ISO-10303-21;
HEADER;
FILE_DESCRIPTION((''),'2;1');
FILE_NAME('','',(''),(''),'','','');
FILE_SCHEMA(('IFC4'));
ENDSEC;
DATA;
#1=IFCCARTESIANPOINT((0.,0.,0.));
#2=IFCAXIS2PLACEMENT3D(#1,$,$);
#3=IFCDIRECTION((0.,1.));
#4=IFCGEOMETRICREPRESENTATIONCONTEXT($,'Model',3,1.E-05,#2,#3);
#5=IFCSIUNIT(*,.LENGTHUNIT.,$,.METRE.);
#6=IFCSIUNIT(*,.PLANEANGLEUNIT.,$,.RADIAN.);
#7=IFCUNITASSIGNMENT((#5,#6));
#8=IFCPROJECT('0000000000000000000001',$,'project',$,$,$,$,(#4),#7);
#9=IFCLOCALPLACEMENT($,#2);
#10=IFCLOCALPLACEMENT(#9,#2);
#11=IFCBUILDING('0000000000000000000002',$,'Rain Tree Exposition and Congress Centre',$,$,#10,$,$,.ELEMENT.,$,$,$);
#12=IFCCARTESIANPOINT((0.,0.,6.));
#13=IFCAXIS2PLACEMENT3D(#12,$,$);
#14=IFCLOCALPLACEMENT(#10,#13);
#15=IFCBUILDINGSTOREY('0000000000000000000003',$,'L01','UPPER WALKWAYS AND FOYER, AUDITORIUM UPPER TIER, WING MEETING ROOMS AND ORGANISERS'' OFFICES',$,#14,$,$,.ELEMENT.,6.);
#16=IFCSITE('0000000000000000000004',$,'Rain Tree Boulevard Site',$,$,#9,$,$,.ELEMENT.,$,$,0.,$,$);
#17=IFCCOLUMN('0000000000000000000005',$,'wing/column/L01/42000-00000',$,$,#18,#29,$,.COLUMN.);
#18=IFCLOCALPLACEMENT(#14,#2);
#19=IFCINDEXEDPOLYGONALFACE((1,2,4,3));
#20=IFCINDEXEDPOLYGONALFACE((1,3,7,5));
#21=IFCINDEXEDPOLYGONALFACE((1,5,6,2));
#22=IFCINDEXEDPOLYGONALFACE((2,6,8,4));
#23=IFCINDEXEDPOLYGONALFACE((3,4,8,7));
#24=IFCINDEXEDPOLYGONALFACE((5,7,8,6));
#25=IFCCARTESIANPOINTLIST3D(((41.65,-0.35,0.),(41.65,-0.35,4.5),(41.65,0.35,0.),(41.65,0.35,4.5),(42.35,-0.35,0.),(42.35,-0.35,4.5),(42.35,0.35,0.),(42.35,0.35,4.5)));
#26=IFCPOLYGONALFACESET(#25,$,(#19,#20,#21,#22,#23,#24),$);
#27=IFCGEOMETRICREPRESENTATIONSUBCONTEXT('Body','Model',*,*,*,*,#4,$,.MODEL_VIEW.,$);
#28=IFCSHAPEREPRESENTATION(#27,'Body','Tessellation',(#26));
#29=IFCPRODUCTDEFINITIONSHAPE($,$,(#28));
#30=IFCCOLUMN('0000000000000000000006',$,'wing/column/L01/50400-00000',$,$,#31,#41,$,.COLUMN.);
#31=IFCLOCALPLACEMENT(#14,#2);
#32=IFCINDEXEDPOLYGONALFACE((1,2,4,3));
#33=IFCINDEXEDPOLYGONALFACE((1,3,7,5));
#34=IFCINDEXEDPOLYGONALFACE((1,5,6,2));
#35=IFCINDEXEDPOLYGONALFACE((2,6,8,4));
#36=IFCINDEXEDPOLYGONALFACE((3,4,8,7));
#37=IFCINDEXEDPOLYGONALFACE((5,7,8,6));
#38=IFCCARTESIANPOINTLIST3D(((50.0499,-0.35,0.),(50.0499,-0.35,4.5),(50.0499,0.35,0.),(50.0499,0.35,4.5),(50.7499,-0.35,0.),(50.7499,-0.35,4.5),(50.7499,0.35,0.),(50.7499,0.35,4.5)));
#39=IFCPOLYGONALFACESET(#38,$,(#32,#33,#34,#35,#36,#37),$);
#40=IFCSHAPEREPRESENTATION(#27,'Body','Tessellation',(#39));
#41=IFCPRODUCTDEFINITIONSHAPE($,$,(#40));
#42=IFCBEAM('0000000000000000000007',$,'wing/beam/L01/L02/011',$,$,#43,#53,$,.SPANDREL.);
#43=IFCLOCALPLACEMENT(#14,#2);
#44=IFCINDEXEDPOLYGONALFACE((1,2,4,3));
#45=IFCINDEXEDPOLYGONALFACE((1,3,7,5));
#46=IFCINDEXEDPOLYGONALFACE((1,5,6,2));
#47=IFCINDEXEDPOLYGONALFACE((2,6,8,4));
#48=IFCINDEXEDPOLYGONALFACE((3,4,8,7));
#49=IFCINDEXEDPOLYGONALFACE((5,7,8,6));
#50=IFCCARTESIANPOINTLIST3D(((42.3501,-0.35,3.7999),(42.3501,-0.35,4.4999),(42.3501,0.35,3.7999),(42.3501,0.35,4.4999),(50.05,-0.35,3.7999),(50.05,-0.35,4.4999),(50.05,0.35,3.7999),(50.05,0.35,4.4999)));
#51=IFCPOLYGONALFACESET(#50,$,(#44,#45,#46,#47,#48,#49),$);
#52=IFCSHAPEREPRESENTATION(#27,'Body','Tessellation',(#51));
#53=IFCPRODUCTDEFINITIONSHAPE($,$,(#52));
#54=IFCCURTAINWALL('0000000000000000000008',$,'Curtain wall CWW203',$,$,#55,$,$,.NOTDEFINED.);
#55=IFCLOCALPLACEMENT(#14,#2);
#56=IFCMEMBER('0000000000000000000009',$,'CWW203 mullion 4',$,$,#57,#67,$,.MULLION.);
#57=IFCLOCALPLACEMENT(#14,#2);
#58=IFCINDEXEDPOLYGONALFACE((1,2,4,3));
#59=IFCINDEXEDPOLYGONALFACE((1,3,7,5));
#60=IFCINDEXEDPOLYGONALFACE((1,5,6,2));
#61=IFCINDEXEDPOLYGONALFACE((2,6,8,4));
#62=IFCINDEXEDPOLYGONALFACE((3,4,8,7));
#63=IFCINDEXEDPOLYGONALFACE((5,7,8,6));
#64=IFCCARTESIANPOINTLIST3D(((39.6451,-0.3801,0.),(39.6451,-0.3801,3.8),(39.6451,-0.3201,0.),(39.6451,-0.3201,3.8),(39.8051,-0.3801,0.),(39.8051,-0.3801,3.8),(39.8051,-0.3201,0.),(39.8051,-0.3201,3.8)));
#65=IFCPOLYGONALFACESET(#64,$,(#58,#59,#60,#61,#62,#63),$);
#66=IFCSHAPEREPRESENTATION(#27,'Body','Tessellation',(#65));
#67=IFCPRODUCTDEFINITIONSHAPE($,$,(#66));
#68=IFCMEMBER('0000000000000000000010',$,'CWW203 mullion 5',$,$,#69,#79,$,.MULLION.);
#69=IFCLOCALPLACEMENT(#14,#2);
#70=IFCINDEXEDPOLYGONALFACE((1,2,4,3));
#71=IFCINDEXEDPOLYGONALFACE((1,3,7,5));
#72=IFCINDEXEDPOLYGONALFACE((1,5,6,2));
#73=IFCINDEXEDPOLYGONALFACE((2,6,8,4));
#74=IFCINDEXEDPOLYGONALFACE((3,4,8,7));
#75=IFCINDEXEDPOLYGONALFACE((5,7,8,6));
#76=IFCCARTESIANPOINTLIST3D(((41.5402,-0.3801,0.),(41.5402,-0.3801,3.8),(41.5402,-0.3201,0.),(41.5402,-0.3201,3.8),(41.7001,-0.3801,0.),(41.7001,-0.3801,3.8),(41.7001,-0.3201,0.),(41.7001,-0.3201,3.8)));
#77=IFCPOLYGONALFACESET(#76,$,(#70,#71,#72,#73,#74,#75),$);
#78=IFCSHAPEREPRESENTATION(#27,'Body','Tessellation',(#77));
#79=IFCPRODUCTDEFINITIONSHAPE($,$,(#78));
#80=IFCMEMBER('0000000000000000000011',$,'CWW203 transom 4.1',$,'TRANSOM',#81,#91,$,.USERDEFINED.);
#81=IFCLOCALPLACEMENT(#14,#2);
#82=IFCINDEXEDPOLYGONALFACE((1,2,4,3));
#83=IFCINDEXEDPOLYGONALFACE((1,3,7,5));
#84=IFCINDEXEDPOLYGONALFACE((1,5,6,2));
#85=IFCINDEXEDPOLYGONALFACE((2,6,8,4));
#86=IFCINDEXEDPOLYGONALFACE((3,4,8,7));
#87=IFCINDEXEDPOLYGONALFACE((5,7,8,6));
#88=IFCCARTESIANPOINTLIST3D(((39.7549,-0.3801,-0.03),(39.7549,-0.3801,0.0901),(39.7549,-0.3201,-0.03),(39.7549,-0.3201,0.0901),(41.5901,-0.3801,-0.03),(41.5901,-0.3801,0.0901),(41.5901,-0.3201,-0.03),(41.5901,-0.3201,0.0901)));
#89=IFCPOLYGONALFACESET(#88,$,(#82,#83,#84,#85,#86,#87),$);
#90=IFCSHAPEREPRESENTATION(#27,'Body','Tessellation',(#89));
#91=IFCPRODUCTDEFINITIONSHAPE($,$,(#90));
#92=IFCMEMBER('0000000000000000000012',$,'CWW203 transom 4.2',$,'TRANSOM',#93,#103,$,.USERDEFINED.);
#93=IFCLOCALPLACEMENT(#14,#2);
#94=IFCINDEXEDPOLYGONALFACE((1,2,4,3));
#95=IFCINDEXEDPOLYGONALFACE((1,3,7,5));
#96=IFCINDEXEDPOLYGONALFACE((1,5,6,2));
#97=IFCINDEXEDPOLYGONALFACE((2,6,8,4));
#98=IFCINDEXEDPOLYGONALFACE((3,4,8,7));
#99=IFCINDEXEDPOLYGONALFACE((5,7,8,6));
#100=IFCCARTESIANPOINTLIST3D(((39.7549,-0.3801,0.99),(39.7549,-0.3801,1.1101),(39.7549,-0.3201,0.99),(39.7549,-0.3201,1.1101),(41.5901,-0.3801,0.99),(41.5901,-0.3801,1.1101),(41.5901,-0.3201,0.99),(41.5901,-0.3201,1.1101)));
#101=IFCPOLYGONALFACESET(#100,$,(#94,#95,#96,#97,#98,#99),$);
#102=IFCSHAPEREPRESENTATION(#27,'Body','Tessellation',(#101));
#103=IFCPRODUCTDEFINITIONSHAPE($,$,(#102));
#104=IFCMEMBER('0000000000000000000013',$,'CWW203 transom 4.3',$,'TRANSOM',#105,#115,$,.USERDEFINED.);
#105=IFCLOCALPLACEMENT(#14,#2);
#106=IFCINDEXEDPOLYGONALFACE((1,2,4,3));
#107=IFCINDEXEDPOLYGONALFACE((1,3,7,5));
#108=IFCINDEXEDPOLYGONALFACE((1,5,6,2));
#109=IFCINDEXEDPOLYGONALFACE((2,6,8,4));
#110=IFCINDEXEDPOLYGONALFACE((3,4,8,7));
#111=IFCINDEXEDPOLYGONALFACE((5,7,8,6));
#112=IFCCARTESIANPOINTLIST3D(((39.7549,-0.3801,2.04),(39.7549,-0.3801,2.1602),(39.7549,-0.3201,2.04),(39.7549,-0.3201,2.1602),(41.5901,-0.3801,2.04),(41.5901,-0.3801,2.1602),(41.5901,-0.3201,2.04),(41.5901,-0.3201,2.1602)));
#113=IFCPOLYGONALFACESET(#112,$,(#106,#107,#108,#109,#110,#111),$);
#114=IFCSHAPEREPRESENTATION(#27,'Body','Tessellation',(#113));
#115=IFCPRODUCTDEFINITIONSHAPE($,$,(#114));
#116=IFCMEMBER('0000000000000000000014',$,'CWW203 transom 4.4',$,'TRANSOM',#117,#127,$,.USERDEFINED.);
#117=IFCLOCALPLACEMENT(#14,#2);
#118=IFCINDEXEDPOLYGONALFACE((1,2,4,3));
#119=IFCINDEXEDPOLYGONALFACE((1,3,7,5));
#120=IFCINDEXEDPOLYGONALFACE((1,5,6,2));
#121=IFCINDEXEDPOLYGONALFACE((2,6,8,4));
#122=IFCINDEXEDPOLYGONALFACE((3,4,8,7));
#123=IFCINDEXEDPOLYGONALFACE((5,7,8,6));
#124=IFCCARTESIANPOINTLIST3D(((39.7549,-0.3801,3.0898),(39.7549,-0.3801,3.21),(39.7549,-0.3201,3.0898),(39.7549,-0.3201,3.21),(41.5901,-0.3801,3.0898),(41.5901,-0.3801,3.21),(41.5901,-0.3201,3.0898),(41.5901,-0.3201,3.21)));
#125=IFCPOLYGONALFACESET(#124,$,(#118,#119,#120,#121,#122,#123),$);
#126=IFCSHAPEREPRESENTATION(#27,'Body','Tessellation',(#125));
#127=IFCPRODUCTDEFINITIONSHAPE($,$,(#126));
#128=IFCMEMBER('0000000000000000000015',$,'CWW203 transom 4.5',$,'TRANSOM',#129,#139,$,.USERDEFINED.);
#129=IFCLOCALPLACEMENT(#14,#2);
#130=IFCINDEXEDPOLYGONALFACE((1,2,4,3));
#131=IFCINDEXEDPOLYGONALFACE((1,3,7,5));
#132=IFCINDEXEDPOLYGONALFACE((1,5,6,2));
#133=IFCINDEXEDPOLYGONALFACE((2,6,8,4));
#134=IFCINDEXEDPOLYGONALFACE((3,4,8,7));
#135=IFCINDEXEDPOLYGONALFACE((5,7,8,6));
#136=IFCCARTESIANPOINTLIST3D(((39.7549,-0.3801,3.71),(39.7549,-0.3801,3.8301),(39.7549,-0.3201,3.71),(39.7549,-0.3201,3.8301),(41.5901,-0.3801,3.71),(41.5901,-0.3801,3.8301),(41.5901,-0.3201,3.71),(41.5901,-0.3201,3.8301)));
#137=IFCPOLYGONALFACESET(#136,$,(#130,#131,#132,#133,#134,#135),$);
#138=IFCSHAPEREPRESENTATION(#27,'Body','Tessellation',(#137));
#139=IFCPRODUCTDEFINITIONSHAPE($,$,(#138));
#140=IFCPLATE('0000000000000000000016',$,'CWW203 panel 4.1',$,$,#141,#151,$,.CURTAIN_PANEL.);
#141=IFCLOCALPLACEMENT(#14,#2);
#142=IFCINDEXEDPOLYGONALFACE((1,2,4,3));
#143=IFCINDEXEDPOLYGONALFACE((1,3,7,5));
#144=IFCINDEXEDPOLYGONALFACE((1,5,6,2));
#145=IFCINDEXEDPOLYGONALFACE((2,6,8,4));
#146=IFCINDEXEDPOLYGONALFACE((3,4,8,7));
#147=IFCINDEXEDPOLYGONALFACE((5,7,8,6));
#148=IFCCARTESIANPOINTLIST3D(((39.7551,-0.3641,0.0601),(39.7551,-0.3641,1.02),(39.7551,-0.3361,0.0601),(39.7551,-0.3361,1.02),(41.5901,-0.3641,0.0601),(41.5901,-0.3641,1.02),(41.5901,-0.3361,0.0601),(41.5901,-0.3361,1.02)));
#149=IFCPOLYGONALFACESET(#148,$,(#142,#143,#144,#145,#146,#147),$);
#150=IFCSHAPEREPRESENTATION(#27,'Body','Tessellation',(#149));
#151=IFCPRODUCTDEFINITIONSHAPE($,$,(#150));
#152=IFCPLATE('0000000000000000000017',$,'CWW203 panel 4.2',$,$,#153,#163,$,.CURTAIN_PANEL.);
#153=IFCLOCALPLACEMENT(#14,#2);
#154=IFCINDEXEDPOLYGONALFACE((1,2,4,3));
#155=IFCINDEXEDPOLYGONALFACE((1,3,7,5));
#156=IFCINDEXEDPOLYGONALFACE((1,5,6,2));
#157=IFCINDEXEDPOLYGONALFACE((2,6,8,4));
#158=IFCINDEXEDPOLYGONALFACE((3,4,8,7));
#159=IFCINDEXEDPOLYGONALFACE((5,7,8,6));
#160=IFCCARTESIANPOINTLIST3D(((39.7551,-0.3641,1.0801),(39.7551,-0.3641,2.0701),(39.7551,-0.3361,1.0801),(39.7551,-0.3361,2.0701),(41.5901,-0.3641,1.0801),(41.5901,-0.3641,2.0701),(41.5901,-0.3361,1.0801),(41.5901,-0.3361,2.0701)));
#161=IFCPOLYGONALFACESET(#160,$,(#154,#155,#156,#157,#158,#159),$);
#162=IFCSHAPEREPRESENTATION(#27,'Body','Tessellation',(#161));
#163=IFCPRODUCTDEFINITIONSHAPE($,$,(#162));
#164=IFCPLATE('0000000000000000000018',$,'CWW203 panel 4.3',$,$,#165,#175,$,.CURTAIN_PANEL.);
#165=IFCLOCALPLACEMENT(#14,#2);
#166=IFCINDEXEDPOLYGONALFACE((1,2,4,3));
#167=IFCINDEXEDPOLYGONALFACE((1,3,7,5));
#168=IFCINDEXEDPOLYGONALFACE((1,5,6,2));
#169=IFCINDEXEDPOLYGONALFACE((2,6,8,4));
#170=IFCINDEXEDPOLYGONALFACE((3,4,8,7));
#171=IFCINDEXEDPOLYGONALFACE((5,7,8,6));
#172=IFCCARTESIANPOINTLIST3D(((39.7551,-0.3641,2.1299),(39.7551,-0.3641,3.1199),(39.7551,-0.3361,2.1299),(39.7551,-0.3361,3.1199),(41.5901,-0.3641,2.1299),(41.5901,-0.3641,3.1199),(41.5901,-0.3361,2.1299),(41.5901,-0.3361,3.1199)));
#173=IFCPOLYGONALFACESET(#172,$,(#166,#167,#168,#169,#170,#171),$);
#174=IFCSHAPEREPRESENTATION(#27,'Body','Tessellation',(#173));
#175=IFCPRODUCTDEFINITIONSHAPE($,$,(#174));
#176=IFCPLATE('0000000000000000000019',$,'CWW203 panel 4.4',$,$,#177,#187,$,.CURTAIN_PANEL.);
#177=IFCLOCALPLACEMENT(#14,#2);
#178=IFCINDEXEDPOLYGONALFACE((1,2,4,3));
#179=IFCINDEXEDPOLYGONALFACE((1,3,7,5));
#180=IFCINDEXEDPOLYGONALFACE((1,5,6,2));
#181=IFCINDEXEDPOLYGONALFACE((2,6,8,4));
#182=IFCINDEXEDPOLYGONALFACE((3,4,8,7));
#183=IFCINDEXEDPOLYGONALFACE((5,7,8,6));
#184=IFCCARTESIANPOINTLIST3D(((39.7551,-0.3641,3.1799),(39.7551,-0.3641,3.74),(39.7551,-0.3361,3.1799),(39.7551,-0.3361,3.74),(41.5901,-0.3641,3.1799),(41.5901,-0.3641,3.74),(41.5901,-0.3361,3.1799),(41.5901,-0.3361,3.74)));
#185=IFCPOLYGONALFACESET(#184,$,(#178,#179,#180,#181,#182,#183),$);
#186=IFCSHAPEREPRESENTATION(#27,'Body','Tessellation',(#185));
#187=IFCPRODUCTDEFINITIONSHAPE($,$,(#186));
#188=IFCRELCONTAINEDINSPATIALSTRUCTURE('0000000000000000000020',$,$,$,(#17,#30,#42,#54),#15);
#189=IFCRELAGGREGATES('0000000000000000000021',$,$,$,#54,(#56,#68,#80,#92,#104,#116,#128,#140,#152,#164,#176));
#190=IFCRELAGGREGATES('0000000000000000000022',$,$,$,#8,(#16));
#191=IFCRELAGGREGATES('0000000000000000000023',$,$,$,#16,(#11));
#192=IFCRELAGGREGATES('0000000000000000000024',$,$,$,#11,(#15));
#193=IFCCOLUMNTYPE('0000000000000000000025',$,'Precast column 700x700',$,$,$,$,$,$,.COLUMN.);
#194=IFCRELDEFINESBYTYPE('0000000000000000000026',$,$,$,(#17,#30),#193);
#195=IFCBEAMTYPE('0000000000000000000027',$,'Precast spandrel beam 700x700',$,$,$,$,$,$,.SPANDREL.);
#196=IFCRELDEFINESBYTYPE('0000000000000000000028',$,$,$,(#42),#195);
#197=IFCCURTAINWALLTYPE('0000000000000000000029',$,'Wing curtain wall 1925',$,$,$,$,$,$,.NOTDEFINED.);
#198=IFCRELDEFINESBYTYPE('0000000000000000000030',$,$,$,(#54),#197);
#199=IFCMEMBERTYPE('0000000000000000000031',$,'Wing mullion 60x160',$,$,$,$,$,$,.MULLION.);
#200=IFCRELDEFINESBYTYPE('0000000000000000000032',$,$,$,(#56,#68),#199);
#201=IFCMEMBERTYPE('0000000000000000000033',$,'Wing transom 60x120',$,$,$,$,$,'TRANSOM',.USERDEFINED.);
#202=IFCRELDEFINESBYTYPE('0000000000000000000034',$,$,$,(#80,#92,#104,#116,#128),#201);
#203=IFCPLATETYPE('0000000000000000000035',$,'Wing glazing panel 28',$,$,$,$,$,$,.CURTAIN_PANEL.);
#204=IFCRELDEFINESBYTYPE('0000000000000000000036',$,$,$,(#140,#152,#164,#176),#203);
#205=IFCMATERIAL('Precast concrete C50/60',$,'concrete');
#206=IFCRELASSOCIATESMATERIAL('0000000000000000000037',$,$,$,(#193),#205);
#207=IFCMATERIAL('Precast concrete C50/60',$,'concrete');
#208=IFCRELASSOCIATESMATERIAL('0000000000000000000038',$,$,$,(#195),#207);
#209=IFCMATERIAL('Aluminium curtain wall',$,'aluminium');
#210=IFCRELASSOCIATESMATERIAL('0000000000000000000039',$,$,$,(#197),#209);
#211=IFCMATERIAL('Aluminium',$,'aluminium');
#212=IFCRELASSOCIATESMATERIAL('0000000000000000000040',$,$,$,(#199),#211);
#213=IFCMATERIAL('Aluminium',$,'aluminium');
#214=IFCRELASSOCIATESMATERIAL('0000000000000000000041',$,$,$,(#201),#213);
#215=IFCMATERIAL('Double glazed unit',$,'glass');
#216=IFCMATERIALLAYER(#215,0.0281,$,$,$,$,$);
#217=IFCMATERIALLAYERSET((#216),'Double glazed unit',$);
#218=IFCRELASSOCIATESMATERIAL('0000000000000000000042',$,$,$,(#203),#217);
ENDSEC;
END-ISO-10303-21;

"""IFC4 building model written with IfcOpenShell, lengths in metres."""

from ifc_helpers import new_model, si_unit, direction, frame, origin, origin_2d, place, context, subcontext, project, spatial, rectangle, extrude, material, layer, layer_set, material_profile, profile_set, type_object, element, aggregate, save


model = new_model("IFC4")

# Units and contexts
model_context = context("Model", 3, precision=1e-05, world=origin(), true_north=direction((0.0, 1.0)))
body_context = subcontext(model_context, "Body", "Model", "MODEL_VIEW")
ifc_project = project(units=[si_unit("LENGTHUNIT", "METRE"), si_unit("PLANEANGLEUNIT", "RADIAN")], contexts=[model_context])

# Site, building, storey
site_placement = place(None, origin())
site = spatial("IfcSite", under=ifc_project, at=site_placement, Name="Rain Tree Boulevard Site", CompositionType="ELEMENT", RefElevation=0.0)
building_placement = place(site_placement, origin())
building = spatial("IfcBuilding", under=site, at=building_placement, Name="Rain Tree Exposition and Congress Centre", CompositionType="ELEMENT")
storey_placement = place(building_placement, frame((0.0, 0.0, 6.0)))
storey = spatial("IfcBuildingStorey", under=building, at=storey_placement, Name="L01", Description="UPPER WALKWAYS AND FOYER, AUDITORIUM UPPER TIER, WING MEETING ROOMS AND ORGANISERS' OFFICES", CompositionType="ELEMENT", Elevation=6.0)

# Columns
ifc_material_1 = material(Name="Precast concrete C50/60", Category="concrete")
ifc_material_profile_1 = material_profile(ifc_material_1, rectangle(XDim=0.7, YDim=0.7, at=origin_2d()), Name="RC 700x700")
ifc_profile_set_1 = profile_set([ifc_material_profile_1], Name="Precast concrete C50/60")
column_type = type_object("IfcColumnType", Name="Precast column 700x700", PredefinedType="COLUMN", material=ifc_profile_set_1)
for number, where, z_axis, x_axis, name in (
    (1, (42.0, 0.0, 0.0), (0.0, 0.0, 1.0), (1.0, 0.0, 0.0), "wing/column/L01/42000-00000"),
    (2, (50.3999, 0.0, 0.0), (0.0, 0.0, 1.0), (1.0, 0.0, 0.0), "wing/column/L01/50400-00000"),
):
    element("IfcColumn", number, at=place(storey_placement, frame(where, z_axis=z_axis, x_axis=x_axis)), inside=storey, type_object=column_type, Name=name, PredefinedType="COLUMN", context=body_context, shape_type="SweptSolid", body=[
        extrude(rectangle(XDim=0.7, YDim=0.7, at=origin_2d()), origin(), (0.0, 0.0, 1.0), 4.5),
    ])

# Beam
ifc_material_2 = material(Name="Precast concrete C50/60", Category="concrete")
ifc_material_profile_2 = material_profile(ifc_material_2, rectangle(XDim=0.7, YDim=0.7, at=origin_2d()), Name="RC 700x700")
ifc_profile_set_2 = profile_set([ifc_material_profile_2], Name="Precast concrete C50/60")
beam_type = type_object("IfcBeamType", Name="Precast spandrel beam 700x700", PredefinedType="SPANDREL", material=ifc_profile_set_2)
beam_placement = place(storey_placement, frame((42.3501, 0.0, 4.1499), z_axis=(1.0, 0.0, 0.0), x_axis=(0.0, 1.0, 0.0)))
element("IfcBeam", 3, at=beam_placement, inside=storey, type_object=beam_type, Name="wing/beam/L01/L02/011", PredefinedType="SPANDREL", context=body_context, shape_type="SweptSolid", body=[
    extrude(rectangle(XDim=0.7, YDim=0.7, at=origin_2d()), origin(), (0.0, 0.0, 1.0), 7.7),
])

# Curtain wall, members, plates
ifc_material_3 = material(Name="Aluminium curtain wall", Category="aluminium")
curtain_wall_type = type_object("IfcCurtainWallType", Name="Wing curtain wall 1925", PredefinedType="NOTDEFINED", material=ifc_material_3)
curtain_wall_placement = place(storey_placement, origin())
curtain_wall = element("IfcCurtainWall", 4, at=curtain_wall_placement, inside=storey, type_object=curtain_wall_type, Name="Curtain wall CWW203", PredefinedType="NOTDEFINED")
ifc_material_4 = material(Name="Aluminium", Category="aluminium")
ifc_material_profile_3 = material_profile(ifc_material_4, rectangle(XDim=0.0601, YDim=0.1599, at=origin_2d()), Name="Aluminium 60x160")
ifc_profile_set_3 = profile_set([ifc_material_profile_3], Name="Aluminium")
member_type_1 = type_object("IfcMemberType", Name="Wing mullion 60x160", PredefinedType="MULLION", material=ifc_profile_set_3)
member_1_placement = place(storey_placement, frame((39.7251, -0.3501, 0.0), z_axis=(0.0, 0.0, 1.0), x_axis=(0.0, 1.0, 0.0)))
member_1 = element("IfcMember", 5, at=member_1_placement, type_object=member_type_1, Name="CWW203 mullion 4", PredefinedType="MULLION", context=body_context, shape_type="SweptSolid", body=[
    extrude(rectangle(XDim=0.0601, YDim=0.1599, at=origin_2d()), origin(), (0.0, 0.0, 1.0), 3.8),
])
member_2_placement = place(storey_placement, frame((41.6201, -0.3501, 0.0), z_axis=(0.0, 0.0, 1.0), x_axis=(0.0, 1.0, 0.0)))
member_2 = element("IfcMember", 6, at=member_2_placement, type_object=member_type_1, Name="CWW203 mullion 5", PredefinedType="MULLION", context=body_context, shape_type="SweptSolid", body=[
    extrude(rectangle(XDim=0.0601, YDim=0.1599, at=origin_2d()), origin(), (0.0, 0.0, 1.0), 3.8),
])
ifc_material_5 = material(Name="Aluminium", Category="aluminium")
ifc_material_profile_4 = material_profile(ifc_material_5, rectangle(XDim=0.0601, YDim=0.1201, at=origin_2d()), Name="Aluminium 60x120")
ifc_profile_set_4 = profile_set([ifc_material_profile_4], Name="Aluminium")
member_type_2 = type_object("IfcMemberType", Name="Wing transom 60x120", ElementType="TRANSOM", PredefinedType="USERDEFINED", material=ifc_profile_set_4)
member_3_placement = place(storey_placement, frame((39.7549, -0.3501, 0.03), z_axis=(1.0, 0.0, 0.0), x_axis=(0.0, 1.0, 0.0)))
member_3 = element("IfcMember", 7, at=member_3_placement, type_object=member_type_2, Name="CWW203 transom 4.1", ObjectType="TRANSOM", PredefinedType="USERDEFINED", context=body_context, shape_type="SweptSolid", body=[
    extrude(rectangle(XDim=0.0601, YDim=0.1201, at=origin_2d()), origin(), (0.0, 0.0, 1.0), 1.8352),
])
member_4_placement = place(storey_placement, frame((39.7549, -0.3501, 1.05), z_axis=(1.0, 0.0, 0.0), x_axis=(0.0, 1.0, 0.0)))
member_4 = element("IfcMember", 8, at=member_4_placement, type_object=member_type_2, Name="CWW203 transom 4.2", ObjectType="TRANSOM", PredefinedType="USERDEFINED", context=body_context, shape_type="SweptSolid", body=[
    extrude(rectangle(XDim=0.0601, YDim=0.1201, at=origin_2d()), origin(), (0.0, 0.0, 1.0), 1.8352),
])
member_5_placement = place(storey_placement, frame((39.7549, -0.3501, 2.1001), z_axis=(1.0, 0.0, 0.0), x_axis=(0.0, 1.0, 0.0)))
member_5 = element("IfcMember", 9, at=member_5_placement, type_object=member_type_2, Name="CWW203 transom 4.3", ObjectType="TRANSOM", PredefinedType="USERDEFINED", context=body_context, shape_type="SweptSolid", body=[
    extrude(rectangle(XDim=0.0601, YDim=0.1201, at=origin_2d()), origin(), (0.0, 0.0, 1.0), 1.8352),
])
member_6_placement = place(storey_placement, frame((39.7549, -0.3501, 3.1499), z_axis=(1.0, 0.0, 0.0), x_axis=(0.0, 1.0, 0.0)))
member_6 = element("IfcMember", 10, at=member_6_placement, type_object=member_type_2, Name="CWW203 transom 4.4", ObjectType="TRANSOM", PredefinedType="USERDEFINED", context=body_context, shape_type="SweptSolid", body=[
    extrude(rectangle(XDim=0.0601, YDim=0.1201, at=origin_2d()), origin(), (0.0, 0.0, 1.0), 1.8352),
])
member_7_placement = place(storey_placement, frame((39.7549, -0.3501, 3.77), z_axis=(1.0, 0.0, 0.0), x_axis=(0.0, 1.0, 0.0)))
member_7 = element("IfcMember", 11, at=member_7_placement, type_object=member_type_2, Name="CWW203 transom 4.5", ObjectType="TRANSOM", PredefinedType="USERDEFINED", context=body_context, shape_type="SweptSolid", body=[
    extrude(rectangle(XDim=0.0601, YDim=0.1201, at=origin_2d()), origin(), (0.0, 0.0, 1.0), 1.8352),
])
ifc_material_6 = material(Name="Double glazed unit", Category="glass")
ifc_layer_1 = layer(ifc_material_6, 0.0281)
ifc_layer_set_1 = layer_set([ifc_layer_1], Name="Double glazed unit")
plate_type = type_object("IfcPlateType", Name="Wing glazing panel 28", PredefinedType="CURTAIN_PANEL", material=ifc_layer_set_1)
plate_1_placement = place(storey_placement, frame((40.6726, -0.3501, 0.0601), z_axis=(0.0, 0.0, 1.0), x_axis=(1.0, 0.0, 0.0)))
plate_1 = element("IfcPlate", 12, at=plate_1_placement, type_object=plate_type, Name="CWW203 panel 4.1", PredefinedType="CURTAIN_PANEL", context=body_context, shape_type="SweptSolid", body=[
    extrude(rectangle(XDim=1.835, YDim=0.0281, at=origin_2d()), origin(), (0.0, 0.0, 1.0), 0.96),
])
plate_2_placement = place(storey_placement, frame((40.6726, -0.3501, 1.0801), z_axis=(0.0, 0.0, 1.0), x_axis=(1.0, 0.0, 0.0)))
plate_2 = element("IfcPlate", 13, at=plate_2_placement, type_object=plate_type, Name="CWW203 panel 4.2", PredefinedType="CURTAIN_PANEL", context=body_context, shape_type="SweptSolid", body=[
    extrude(rectangle(XDim=1.835, YDim=0.0281, at=origin_2d()), origin(), (0.0, 0.0, 1.0), 0.99),
])
plate_3_placement = place(storey_placement, frame((40.6726, -0.3501, 2.1299), z_axis=(0.0, 0.0, 1.0), x_axis=(1.0, 0.0, 0.0)))
plate_3 = element("IfcPlate", 14, at=plate_3_placement, type_object=plate_type, Name="CWW203 panel 4.3", PredefinedType="CURTAIN_PANEL", context=body_context, shape_type="SweptSolid", body=[
    extrude(rectangle(XDim=1.835, YDim=0.0281, at=origin_2d()), origin(), (0.0, 0.0, 1.0), 0.99),
])
plate_4_placement = place(storey_placement, frame((40.6726, -0.3501, 3.1799), z_axis=(0.0, 0.0, 1.0), x_axis=(1.0, 0.0, 0.0)))
plate_4 = element("IfcPlate", 15, at=plate_4_placement, type_object=plate_type, Name="CWW203 panel 4.4", PredefinedType="CURTAIN_PANEL", context=body_context, shape_type="SweptSolid", body=[
    extrude(rectangle(XDim=1.835, YDim=0.0281, at=origin_2d()), origin(), (0.0, 0.0, 1.0), 0.5601),
])
aggregate(curtain_wall, [member_1, member_2, member_3, member_4, member_5, member_6, member_7, plate_1, plate_2, plate_3, plate_4])

save(model, "model.ifc")
